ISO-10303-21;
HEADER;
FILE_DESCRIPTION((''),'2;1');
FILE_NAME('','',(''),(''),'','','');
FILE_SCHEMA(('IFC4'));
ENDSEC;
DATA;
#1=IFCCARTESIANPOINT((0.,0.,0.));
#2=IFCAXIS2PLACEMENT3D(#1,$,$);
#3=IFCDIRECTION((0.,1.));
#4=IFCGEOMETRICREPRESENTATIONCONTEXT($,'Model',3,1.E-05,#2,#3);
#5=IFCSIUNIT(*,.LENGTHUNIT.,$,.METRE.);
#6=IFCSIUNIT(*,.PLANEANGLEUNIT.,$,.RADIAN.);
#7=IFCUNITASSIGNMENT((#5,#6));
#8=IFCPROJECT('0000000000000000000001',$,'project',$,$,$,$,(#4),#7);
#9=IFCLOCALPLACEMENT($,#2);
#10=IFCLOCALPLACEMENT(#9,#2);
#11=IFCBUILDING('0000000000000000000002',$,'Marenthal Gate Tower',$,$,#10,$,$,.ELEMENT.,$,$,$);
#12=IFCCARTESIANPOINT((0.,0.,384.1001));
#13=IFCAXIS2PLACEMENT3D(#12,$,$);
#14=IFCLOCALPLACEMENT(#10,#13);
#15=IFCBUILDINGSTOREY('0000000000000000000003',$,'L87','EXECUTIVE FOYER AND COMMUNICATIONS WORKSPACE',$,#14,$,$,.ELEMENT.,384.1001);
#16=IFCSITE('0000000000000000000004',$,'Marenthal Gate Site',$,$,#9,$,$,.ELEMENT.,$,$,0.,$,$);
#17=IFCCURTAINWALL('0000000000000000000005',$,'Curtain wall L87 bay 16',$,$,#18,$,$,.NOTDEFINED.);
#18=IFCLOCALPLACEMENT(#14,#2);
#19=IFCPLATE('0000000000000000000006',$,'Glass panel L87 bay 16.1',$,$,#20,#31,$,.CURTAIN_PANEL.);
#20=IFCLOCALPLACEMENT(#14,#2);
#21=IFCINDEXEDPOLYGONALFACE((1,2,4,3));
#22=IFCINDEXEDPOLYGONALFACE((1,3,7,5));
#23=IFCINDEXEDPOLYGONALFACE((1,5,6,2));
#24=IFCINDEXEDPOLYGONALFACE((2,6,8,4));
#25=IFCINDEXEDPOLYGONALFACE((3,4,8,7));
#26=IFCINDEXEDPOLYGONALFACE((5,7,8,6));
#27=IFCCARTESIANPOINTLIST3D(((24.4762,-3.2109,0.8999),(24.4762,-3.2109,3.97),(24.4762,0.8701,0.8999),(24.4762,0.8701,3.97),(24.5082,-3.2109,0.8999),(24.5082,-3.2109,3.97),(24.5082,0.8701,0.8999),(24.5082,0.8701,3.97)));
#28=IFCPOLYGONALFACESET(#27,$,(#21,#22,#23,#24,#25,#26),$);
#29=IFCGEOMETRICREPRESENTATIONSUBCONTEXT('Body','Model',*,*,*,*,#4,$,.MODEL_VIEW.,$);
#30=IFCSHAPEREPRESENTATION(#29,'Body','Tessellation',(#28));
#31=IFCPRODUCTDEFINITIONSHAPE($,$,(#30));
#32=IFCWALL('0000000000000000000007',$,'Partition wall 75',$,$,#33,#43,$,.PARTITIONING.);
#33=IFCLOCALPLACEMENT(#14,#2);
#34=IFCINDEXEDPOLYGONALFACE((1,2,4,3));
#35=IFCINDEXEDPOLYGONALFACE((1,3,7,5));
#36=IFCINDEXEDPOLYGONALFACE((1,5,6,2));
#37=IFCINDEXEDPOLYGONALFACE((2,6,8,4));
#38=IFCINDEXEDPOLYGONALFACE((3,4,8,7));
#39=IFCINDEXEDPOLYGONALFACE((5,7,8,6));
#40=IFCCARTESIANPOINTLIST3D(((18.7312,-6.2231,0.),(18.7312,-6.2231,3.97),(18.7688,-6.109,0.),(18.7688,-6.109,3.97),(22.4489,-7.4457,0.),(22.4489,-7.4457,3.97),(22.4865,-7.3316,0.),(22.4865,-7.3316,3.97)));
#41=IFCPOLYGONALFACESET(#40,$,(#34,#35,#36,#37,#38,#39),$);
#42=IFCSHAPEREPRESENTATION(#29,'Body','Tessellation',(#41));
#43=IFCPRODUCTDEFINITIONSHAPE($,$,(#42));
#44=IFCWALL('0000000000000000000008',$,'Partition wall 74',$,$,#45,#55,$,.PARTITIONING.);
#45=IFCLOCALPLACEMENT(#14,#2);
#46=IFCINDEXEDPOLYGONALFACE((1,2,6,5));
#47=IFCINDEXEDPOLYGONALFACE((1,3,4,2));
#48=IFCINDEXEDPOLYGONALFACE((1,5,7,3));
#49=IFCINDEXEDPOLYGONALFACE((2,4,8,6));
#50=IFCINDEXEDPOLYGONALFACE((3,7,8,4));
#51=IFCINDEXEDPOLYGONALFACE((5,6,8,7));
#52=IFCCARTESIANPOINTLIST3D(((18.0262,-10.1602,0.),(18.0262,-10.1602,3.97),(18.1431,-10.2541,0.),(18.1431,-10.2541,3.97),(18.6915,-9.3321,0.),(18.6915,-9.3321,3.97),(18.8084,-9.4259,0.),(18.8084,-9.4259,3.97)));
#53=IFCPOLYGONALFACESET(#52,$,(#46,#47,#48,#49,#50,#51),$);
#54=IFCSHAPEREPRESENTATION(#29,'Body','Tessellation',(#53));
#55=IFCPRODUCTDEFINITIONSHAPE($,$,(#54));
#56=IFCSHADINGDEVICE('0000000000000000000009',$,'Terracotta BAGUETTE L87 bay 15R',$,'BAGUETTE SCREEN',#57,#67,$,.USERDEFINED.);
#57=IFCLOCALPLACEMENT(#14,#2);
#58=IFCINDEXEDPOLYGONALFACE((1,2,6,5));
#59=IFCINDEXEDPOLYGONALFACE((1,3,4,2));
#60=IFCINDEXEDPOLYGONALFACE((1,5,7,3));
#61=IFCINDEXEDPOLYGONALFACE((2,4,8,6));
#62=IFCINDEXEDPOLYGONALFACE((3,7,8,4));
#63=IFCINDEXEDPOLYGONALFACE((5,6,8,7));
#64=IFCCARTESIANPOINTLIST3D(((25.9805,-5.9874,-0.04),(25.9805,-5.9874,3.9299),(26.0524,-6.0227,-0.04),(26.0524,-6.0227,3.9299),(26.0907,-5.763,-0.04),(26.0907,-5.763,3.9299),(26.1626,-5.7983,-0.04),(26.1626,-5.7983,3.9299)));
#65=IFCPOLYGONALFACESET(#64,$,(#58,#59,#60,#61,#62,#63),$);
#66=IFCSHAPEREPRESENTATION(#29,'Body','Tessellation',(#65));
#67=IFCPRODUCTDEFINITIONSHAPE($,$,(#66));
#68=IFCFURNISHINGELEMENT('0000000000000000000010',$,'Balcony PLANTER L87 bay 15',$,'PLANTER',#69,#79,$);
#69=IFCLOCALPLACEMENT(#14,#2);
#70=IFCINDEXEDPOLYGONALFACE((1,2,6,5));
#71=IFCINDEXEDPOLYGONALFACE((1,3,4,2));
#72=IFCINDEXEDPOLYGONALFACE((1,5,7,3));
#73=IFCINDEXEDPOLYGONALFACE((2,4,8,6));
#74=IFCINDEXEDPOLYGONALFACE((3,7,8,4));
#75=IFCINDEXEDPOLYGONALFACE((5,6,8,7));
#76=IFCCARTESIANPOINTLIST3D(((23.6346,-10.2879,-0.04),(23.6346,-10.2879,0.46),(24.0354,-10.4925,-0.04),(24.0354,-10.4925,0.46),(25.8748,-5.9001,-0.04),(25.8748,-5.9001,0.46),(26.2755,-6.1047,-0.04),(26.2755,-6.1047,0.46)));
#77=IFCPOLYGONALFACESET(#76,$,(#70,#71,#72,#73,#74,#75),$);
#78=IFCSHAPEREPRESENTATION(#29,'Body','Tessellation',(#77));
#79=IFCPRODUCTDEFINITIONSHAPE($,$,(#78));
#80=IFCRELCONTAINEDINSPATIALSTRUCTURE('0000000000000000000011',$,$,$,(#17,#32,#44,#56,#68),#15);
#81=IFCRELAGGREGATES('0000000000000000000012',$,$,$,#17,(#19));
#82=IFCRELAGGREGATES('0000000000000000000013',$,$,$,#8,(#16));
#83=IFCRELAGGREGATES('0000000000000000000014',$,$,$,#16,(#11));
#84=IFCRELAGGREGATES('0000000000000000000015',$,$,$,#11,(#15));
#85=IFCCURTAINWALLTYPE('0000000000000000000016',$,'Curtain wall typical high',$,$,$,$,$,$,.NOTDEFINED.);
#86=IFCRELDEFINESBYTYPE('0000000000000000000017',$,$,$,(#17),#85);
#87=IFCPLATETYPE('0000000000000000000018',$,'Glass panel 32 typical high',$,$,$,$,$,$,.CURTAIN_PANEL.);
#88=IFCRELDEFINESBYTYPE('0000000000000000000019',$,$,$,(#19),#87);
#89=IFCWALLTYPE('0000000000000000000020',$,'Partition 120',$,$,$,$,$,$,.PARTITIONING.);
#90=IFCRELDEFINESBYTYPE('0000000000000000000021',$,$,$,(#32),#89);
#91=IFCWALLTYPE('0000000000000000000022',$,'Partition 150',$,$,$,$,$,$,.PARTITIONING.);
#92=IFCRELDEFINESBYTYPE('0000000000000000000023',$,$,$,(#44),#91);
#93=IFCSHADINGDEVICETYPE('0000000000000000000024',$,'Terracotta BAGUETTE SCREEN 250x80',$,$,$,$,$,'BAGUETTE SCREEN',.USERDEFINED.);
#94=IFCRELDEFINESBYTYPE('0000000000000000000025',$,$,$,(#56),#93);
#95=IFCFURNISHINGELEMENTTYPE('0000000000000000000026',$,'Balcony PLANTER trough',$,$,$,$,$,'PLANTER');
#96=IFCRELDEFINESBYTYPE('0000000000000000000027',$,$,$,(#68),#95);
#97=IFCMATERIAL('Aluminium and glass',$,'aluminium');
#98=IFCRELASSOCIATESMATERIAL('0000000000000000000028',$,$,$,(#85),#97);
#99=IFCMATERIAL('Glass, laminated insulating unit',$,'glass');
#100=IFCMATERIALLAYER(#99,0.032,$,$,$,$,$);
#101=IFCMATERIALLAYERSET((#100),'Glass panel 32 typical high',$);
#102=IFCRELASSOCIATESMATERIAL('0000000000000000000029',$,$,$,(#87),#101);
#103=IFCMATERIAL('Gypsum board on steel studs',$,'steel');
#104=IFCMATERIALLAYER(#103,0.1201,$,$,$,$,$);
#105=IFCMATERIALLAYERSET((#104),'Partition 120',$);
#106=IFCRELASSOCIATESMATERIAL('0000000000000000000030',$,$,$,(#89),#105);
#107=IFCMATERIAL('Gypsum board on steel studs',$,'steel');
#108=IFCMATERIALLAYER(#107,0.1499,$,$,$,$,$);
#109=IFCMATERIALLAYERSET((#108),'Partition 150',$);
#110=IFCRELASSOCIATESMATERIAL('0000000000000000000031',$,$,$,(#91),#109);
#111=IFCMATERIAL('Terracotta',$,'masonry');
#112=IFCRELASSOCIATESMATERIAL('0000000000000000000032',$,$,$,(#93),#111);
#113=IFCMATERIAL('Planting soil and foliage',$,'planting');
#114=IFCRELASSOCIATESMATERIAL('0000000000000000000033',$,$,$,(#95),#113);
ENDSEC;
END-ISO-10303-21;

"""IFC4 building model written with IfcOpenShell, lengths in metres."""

from ifc_helpers import new_model, si_unit, direction, frame, frame_2d, origin, origin_2d, place, context, subcontext, project, spatial, rectangle, extrude, material, layer, layer_set, material_profile, profile_set, type_object, element, aggregate, save


model = new_model("IFC4")

# Units and contexts
model_context = context("Model", 3, precision=1e-05, world=origin(), true_north=direction((0.0, 1.0)))
body_context = subcontext(model_context, "Body", "Model", "MODEL_VIEW")
ifc_project = project(units=[si_unit("LENGTHUNIT", "METRE"), si_unit("PLANEANGLEUNIT", "RADIAN")], contexts=[model_context])

# Site, building, storey
site_placement = place(None, origin())
site = spatial("IfcSite", under=ifc_project, at=site_placement, Name="Marenthal Gate Site", CompositionType="ELEMENT", RefElevation=0.0)
building_placement = place(site_placement, origin())
building = spatial("IfcBuilding", under=site, at=building_placement, Name="Marenthal Gate Tower", CompositionType="ELEMENT")
storey_placement = place(building_placement, frame((0.0, 0.0, 384.1001)))
storey = spatial("IfcBuildingStorey", under=building, at=storey_placement, Name="L87", Description="EXECUTIVE FOYER AND COMMUNICATIONS WORKSPACE", CompositionType="ELEMENT", Elevation=384.1001)

# Curtain wall
ifc_material_1 = material(Name="Aluminium and glass", Category="aluminium")
curtain_wall_type = type_object("IfcCurtainWallType", Name="Curtain wall typical high", PredefinedType="NOTDEFINED", material=ifc_material_1)
curtain_wall_placement = place(storey_placement, origin())
curtain_wall = element("IfcCurtainWall", 1, at=curtain_wall_placement, inside=storey, type_object=curtain_wall_type, Name="Curtain wall L87 bay 16", PredefinedType="NOTDEFINED")

# Plate
ifc_material_2 = material(Name="Glass, laminated insulating unit", Category="glass")
ifc_layer_1 = layer(ifc_material_2, 0.032)
ifc_layer_set_1 = layer_set([ifc_layer_1], Name="Glass panel 32 typical high")
plate_type = type_object("IfcPlateType", Name="Glass panel 32 typical high", PredefinedType="CURTAIN_PANEL", material=ifc_layer_set_1)
plate_placement = place(storey_placement, frame((24.4922, -1.1704, 0.8999), z_axis=(0.0, 0.0, 1.0), x_axis=(0.0, 1.0, 0.0)))
plate = element("IfcPlate", 2, at=plate_placement, type_object=plate_type, Name="Glass panel L87 bay 16.1", PredefinedType="CURTAIN_PANEL", context=body_context, shape_type="SweptSolid", body=[
    extrude(rectangle(XDim=4.0811, YDim=0.032, at=origin_2d()), origin(), (0.0, 0.0, 1.0), 3.0701),
])
aggregate(curtain_wall, [plate])

# Walls
ifc_material_3 = material(Name="Gypsum board on steel studs", Category="steel")
ifc_layer_2 = layer(ifc_material_3, 0.1201)
ifc_layer_set_2 = layer_set([ifc_layer_2], Name="Partition 120")
wall_type_1 = type_object("IfcWallType", Name="Partition 120", PredefinedType="PARTITIONING", material=ifc_layer_set_2)
wall_1_placement = place(storey_placement, frame((18.75, -6.166, 0.0), z_axis=(0.0, 0.0, 1.0), x_axis=(0.949948, -0.312407, 0.0)))
element("IfcWall", 3, at=wall_1_placement, inside=storey, type_object=wall_type_1, Name="Partition wall 75", PredefinedType="PARTITIONING", context=body_context, shape_type="SweptSolid", body=[
    extrude(rectangle(XDim=3.9136, YDim=0.1201, at=frame_2d((1.9568, 0.0))), origin(), (0.0, 0.0, 1.0), 3.97),
])
ifc_material_4 = material(Name="Gypsum board on steel studs", Category="steel")
ifc_layer_3 = layer(ifc_material_4, 0.1499)
ifc_layer_set_3 = layer_set([ifc_layer_3], Name="Partition 150")
wall_type_2 = type_object("IfcWallType", Name="Partition 150", PredefinedType="PARTITIONING", material=ifc_layer_set_3)
wall_2_placement = place(storey_placement, frame((18.75, -9.3789, 0.0), z_axis=(0.0, 0.0, 1.0), x_axis=(-0.626291, -0.779589, 0.0)))
element("IfcWall", 4, at=wall_2_placement, inside=storey, type_object=wall_type_2, Name="Partition wall 74", PredefinedType="PARTITIONING", context=body_context, shape_type="SweptSolid", body=[
    extrude(rectangle(XDim=1.0623, YDim=0.1499, at=frame_2d((0.5312, 0.0))), origin(), (0.0, 0.0, 1.0), 3.97),
])

# Shading device
ifc_material_5 = material(Name="Terracotta", Category="masonry")
ifc_material_profile_1 = material_profile(ifc_material_5, rectangle(XDim=0.25, YDim=0.0801, at=origin_2d()), Name="Terracotta baguette 250x80")
ifc_profile_set_1 = profile_set([ifc_material_profile_1], Name="Terracotta")
shading_device_type = type_object("IfcShadingDeviceType", Name="Terracotta BAGUETTE SCREEN 250x80", ElementType="BAGUETTE SCREEN", PredefinedType="USERDEFINED", material=ifc_profile_set_1)
shading_device_placement = place(storey_placement, frame((26.0715, -5.8928, -0.04), z_axis=(0.0, 0.0, 1.0), x_axis=(0.44081, 0.8976, 0.0)))
element("IfcShadingDevice", 5, at=shading_device_placement, inside=storey, type_object=shading_device_type, Name="Terracotta BAGUETTE L87 bay 15R", ObjectType="BAGUETTE SCREEN", PredefinedType="USERDEFINED", context=body_context, shape_type="SweptSolid", body=[
    extrude(rectangle(XDim=0.25, YDim=0.0801, at=origin_2d()), origin(), (0.0, 0.0, 1.0), 3.97),
])

# Furnishing element
ifc_material_6 = material(Name="Planting soil and foliage", Category="planting")
furnishing_element_type = type_object("IfcFurnishingElementType", Name="Balcony PLANTER trough", ElementType="PLANTER", material=ifc_material_6)
furnishing_placement = place(storey_placement, frame((24.9551, -8.1963, -0.04), z_axis=(0.0, 0.0, 1.0), x_axis=(0.454706, 0.890642, 0.0)))
element("IfcFurnishingElement", 6, at=furnishing_placement, inside=storey, type_object=furnishing_element_type, Name="Balcony PLANTER L87 bay 15", ObjectType="PLANTER", context=body_context, shape_type="SweptSolid", body=[
    extrude(rectangle(XDim=4.9265, YDim=0.45, at=origin_2d()), origin(), (0.0, 0.0, 1.0), 0.5),
])

save(model, "model.ifc")
